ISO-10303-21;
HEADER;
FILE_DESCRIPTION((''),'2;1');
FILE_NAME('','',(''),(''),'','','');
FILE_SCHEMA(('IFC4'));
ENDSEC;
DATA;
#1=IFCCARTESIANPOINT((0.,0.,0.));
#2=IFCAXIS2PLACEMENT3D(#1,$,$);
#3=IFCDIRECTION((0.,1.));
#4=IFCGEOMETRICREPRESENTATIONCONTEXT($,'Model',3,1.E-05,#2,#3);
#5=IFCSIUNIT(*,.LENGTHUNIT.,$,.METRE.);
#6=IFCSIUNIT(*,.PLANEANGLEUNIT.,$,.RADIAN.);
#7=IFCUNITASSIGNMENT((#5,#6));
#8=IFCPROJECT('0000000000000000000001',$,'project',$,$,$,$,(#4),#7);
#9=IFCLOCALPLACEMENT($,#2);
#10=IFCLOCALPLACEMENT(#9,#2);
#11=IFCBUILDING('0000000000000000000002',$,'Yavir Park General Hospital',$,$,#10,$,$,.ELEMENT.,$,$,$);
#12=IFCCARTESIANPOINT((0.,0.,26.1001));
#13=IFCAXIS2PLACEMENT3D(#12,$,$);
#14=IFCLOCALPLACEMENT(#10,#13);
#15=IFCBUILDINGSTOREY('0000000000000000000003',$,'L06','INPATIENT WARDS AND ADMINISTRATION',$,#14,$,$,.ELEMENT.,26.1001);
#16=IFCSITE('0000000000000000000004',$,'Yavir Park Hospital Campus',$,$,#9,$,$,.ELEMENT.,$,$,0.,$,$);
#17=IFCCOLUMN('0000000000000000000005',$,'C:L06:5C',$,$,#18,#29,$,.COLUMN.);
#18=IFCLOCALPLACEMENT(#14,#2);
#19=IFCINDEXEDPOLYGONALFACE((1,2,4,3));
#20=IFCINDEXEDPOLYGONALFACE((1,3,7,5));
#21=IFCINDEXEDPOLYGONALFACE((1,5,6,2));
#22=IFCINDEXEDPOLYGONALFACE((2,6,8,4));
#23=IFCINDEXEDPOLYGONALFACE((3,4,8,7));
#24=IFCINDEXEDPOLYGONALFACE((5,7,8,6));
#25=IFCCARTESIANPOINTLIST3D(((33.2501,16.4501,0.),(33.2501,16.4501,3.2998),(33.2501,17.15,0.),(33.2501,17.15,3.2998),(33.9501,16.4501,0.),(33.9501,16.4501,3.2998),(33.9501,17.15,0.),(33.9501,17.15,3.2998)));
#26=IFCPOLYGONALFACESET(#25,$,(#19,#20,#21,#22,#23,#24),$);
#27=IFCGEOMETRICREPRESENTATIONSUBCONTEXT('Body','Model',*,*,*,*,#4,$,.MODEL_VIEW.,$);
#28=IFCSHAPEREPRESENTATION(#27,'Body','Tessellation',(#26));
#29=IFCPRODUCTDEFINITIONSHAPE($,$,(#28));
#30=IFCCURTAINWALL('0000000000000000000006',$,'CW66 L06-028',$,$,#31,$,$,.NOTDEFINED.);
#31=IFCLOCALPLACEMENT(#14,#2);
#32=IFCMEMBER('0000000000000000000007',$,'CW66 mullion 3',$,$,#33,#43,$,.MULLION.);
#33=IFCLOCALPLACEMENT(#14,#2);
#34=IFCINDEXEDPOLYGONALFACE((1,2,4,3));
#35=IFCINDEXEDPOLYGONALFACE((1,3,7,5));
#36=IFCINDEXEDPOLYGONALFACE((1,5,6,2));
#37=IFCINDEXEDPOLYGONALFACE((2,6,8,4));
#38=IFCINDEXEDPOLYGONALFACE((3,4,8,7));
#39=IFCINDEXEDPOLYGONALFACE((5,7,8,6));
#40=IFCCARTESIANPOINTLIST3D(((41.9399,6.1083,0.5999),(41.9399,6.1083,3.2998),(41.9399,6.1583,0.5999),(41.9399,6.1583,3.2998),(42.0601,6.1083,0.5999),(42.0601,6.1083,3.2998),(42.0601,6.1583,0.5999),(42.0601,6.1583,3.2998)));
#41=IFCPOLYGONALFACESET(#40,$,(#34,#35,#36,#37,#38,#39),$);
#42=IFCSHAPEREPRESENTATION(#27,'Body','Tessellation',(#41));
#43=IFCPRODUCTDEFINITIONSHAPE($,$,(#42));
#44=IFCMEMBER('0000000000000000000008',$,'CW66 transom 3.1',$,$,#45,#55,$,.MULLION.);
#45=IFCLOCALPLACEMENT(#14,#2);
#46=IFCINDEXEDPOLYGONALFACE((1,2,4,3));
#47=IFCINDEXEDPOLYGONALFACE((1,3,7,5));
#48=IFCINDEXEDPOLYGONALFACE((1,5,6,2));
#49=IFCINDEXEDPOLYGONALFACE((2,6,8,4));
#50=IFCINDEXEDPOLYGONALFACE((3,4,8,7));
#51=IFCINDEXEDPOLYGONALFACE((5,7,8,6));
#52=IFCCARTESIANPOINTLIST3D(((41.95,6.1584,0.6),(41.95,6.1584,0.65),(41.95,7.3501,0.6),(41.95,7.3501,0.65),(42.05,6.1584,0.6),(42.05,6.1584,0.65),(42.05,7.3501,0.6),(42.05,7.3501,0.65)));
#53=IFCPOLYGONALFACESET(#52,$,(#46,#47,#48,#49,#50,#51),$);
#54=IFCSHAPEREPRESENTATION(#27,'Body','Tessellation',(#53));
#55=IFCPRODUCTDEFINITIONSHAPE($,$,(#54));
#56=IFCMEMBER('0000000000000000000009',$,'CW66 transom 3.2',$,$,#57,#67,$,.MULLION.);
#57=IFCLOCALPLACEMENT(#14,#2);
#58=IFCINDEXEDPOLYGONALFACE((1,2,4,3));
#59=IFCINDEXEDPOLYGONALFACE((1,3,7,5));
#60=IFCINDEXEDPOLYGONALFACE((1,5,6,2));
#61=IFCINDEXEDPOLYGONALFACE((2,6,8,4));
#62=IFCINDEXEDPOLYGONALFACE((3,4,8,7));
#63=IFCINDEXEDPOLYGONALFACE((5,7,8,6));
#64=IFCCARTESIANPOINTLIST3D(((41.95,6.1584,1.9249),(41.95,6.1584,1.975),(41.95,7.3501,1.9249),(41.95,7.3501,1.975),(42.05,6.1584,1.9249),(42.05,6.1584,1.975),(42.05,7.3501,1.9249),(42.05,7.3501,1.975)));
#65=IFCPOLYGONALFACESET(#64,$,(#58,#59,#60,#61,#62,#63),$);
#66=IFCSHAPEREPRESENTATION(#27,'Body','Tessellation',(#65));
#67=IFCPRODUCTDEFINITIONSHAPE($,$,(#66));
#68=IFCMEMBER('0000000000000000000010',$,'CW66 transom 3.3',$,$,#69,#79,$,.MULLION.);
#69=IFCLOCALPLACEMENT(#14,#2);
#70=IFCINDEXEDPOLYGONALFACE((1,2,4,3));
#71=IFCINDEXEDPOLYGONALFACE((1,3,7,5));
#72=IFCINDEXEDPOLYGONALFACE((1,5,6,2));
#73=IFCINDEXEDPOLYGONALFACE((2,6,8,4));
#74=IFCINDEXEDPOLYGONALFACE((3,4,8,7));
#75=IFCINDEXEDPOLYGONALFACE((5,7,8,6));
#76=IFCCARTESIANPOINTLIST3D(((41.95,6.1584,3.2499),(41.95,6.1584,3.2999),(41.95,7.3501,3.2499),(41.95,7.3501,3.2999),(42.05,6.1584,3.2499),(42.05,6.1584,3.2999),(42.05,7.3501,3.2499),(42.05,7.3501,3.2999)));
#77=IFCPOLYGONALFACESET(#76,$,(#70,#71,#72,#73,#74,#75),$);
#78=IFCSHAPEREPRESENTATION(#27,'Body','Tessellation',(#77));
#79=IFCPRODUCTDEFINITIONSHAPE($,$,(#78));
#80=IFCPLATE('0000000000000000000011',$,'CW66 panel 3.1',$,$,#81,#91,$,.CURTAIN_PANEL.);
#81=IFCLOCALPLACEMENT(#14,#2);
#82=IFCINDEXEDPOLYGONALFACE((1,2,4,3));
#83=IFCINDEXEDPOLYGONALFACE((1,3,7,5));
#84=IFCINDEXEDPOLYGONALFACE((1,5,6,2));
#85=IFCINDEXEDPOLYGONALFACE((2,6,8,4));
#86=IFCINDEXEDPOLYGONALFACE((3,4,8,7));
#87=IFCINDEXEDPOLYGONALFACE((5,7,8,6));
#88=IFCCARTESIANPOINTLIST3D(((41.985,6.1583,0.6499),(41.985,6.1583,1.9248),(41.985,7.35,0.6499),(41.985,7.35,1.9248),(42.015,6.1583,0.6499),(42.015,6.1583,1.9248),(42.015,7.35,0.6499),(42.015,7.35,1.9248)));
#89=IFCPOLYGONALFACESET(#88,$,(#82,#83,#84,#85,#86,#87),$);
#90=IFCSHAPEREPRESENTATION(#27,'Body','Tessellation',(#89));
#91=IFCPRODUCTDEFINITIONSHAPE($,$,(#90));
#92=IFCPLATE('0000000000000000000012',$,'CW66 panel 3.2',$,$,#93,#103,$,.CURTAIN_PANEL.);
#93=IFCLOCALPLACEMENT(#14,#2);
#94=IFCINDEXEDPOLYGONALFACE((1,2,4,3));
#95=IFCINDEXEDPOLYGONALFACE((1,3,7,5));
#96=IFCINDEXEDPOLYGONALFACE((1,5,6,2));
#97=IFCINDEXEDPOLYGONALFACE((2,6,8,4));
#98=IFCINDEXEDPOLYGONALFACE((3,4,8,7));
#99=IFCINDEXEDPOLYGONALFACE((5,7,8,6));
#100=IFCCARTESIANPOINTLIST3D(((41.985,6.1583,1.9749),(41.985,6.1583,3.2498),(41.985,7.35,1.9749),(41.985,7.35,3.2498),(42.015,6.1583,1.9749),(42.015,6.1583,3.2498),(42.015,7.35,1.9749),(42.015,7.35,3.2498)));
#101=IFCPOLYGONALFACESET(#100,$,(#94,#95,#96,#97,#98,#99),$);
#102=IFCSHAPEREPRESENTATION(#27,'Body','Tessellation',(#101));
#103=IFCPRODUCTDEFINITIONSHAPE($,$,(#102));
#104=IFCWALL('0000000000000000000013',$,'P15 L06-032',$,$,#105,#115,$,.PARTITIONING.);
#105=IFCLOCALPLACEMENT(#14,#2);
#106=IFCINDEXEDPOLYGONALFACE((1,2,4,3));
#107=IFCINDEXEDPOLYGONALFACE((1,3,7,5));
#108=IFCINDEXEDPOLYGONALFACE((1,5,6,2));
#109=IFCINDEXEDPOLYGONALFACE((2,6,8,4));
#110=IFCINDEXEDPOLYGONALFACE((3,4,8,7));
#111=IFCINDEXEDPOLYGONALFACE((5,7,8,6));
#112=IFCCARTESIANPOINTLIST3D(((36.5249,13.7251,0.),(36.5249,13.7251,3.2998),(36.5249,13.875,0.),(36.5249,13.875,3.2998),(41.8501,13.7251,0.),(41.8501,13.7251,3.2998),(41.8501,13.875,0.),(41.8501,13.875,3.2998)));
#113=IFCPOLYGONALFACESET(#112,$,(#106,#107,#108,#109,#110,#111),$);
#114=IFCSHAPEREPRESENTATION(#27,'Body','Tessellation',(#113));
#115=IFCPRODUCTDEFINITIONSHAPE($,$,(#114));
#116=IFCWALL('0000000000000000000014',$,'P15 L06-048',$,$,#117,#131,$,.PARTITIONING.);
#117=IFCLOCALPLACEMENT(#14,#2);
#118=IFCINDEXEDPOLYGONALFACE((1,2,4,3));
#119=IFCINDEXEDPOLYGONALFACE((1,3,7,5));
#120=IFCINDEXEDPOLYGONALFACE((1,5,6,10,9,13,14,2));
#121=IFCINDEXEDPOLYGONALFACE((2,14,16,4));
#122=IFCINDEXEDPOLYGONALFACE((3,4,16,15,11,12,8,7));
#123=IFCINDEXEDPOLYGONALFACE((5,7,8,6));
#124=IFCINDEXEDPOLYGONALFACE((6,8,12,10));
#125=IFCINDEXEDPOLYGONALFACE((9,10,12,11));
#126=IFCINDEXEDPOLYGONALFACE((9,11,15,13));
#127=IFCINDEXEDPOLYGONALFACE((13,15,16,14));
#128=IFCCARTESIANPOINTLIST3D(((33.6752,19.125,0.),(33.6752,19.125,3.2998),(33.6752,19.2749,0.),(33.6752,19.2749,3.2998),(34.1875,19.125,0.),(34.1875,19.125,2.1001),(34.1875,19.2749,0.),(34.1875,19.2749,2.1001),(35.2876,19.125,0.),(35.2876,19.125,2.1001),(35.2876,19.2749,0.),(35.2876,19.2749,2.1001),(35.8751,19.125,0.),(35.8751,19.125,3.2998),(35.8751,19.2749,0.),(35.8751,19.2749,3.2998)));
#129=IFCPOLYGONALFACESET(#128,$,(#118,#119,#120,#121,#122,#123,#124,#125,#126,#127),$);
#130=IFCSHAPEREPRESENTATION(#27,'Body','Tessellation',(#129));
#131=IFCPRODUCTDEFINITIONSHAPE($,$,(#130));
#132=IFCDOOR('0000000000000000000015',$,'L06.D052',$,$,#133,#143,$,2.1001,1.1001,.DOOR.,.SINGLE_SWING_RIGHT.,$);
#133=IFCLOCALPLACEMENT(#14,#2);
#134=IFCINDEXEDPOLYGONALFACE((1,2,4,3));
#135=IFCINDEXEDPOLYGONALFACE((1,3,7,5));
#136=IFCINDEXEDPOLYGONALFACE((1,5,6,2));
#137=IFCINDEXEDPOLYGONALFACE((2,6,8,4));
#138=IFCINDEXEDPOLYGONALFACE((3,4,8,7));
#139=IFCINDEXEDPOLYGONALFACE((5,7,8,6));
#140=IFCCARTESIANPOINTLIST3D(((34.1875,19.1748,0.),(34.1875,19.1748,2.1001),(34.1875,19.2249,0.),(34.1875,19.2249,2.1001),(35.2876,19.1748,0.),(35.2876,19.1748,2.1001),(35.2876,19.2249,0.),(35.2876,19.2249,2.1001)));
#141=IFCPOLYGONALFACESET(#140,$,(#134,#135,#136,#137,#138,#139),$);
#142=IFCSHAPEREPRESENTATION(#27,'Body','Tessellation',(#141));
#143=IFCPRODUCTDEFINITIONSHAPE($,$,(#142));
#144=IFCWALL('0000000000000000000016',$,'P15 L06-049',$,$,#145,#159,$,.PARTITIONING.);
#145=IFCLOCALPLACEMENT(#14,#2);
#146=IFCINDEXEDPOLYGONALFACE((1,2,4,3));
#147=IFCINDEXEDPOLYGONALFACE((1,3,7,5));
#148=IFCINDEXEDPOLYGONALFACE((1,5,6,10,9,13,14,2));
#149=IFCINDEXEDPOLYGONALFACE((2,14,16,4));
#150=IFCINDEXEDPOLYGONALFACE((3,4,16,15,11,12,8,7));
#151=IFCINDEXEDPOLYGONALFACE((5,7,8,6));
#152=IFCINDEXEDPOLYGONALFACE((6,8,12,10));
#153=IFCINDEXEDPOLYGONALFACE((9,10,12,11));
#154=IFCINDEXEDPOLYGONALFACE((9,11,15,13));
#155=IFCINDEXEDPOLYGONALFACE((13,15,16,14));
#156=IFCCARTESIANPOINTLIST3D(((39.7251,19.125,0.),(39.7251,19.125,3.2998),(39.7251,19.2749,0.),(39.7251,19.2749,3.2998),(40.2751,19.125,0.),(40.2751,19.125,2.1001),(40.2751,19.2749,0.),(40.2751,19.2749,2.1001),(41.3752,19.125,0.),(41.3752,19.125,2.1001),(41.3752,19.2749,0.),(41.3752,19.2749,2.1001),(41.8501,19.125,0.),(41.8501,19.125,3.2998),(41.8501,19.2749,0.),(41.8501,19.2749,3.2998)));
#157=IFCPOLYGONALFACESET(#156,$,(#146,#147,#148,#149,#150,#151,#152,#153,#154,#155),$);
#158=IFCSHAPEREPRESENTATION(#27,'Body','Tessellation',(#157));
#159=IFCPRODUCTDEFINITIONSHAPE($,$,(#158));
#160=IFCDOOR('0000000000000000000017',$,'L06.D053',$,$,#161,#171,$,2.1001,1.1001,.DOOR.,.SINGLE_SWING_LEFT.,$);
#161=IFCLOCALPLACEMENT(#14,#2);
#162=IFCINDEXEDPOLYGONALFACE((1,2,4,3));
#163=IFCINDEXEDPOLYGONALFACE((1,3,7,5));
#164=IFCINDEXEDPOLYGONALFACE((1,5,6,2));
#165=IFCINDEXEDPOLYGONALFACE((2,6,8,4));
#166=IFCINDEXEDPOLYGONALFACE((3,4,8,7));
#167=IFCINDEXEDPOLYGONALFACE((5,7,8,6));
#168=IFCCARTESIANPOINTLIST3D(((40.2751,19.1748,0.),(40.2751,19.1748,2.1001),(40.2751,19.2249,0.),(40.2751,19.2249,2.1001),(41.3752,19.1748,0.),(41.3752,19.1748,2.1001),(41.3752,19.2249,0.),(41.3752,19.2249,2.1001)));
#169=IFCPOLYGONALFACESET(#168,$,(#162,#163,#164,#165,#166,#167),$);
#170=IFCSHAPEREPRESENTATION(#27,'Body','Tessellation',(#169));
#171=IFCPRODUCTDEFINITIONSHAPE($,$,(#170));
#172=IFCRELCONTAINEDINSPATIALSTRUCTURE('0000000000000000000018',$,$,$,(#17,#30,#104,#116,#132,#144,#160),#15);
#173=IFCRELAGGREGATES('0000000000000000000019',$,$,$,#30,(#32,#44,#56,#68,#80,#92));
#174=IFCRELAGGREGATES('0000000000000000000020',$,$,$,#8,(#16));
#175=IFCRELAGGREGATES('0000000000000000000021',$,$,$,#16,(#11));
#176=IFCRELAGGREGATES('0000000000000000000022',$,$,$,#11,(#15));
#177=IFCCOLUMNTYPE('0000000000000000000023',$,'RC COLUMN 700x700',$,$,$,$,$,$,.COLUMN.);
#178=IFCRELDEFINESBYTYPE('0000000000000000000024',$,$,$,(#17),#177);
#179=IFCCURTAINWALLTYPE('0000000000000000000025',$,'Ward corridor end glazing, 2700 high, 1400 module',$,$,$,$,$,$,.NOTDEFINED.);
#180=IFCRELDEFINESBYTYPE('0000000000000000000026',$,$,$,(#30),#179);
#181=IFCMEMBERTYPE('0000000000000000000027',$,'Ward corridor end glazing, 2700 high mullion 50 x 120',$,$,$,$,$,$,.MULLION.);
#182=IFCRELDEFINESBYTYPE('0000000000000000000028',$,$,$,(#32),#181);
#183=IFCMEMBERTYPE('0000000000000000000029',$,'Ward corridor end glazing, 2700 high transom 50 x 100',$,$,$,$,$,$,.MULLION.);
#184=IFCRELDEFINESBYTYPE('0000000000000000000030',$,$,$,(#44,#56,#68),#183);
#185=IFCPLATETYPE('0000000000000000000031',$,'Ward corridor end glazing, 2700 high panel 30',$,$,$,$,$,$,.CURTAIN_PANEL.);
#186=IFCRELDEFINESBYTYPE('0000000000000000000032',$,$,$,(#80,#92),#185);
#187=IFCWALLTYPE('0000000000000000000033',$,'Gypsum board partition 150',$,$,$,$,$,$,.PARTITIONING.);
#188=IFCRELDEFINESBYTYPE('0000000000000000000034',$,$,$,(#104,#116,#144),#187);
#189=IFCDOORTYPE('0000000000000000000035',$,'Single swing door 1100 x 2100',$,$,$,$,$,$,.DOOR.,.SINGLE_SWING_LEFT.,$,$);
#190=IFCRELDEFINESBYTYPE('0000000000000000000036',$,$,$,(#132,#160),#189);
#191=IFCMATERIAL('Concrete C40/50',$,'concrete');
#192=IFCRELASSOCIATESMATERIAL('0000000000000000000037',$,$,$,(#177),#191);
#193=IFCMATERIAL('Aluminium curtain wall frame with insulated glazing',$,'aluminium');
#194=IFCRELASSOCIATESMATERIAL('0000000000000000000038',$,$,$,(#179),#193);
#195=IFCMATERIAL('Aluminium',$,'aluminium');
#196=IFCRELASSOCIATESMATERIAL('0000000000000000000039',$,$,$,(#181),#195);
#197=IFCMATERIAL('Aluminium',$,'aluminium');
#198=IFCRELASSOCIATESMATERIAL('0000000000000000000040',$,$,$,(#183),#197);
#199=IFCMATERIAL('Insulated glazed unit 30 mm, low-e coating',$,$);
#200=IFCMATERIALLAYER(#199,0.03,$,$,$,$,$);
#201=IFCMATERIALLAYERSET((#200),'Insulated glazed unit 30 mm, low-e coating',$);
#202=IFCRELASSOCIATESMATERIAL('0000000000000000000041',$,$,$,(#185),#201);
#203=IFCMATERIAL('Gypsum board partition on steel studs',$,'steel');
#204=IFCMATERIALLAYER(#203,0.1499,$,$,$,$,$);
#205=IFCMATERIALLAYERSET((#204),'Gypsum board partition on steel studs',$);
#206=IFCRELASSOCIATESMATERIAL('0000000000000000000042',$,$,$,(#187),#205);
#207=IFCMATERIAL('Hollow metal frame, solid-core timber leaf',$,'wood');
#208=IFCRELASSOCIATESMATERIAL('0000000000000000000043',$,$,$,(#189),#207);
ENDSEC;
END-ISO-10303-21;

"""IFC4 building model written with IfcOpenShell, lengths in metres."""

from ifc_helpers import new_model, si_unit, direction, frame, frame_2d, origin, origin_2d, place, context, subcontext, project, spatial, rectangle, extrude, material, layer, layer_set, material_profile, profile_set, type_object, element, fill, aggregate, save


model = new_model("IFC4")

# Units and contexts
model_context = context("Model", 3, precision=1e-05, world=origin(), true_north=direction((0.0, 1.0)))
body_context = subcontext(model_context, "Body", "Model", "MODEL_VIEW")
ifc_project = project(units=[si_unit("LENGTHUNIT", "METRE"), si_unit("PLANEANGLEUNIT", "RADIAN")], contexts=[model_context])

# Site, building, storey
site_placement = place(None, origin())
site = spatial("IfcSite", under=ifc_project, at=site_placement, Name="Yavir Park Hospital Campus", CompositionType="ELEMENT", RefElevation=0.0)
building_placement = place(site_placement, origin())
building = spatial("IfcBuilding", under=site, at=building_placement, Name="Yavir Park General Hospital", CompositionType="ELEMENT")
storey_placement = place(building_placement, frame((0.0, 0.0, 26.1001)))
storey = spatial("IfcBuildingStorey", under=building, at=storey_placement, Name="L06", Description="INPATIENT WARDS AND ADMINISTRATION", CompositionType="ELEMENT", Elevation=26.1001)

# Column
ifc_material_1 = material(Name="Concrete C40/50", Category="concrete")
ifc_material_profile_1 = material_profile(ifc_material_1, rectangle(XDim=0.7, YDim=0.7, at=origin_2d()), Name="RC700x700")
ifc_profile_set_1 = profile_set([ifc_material_profile_1], Name="Concrete C40/50")
column_type = type_object("IfcColumnType", Name="RC COLUMN 700x700", PredefinedType="COLUMN", material=ifc_profile_set_1)
column_placement = place(storey_placement, frame((33.6001, 16.8, 0.0), z_axis=(0.0, 0.0, 1.0), x_axis=(1.0, 0.0, 0.0)))
element("IfcColumn", 1, at=column_placement, inside=storey, type_object=column_type, Name="C:L06:5C", PredefinedType="COLUMN", context=body_context, shape_type="SweptSolid", body=[
    extrude(rectangle(XDim=0.7, YDim=0.7, at=origin_2d()), origin(), (0.0, 0.0, 1.0), 3.2998),
])

# Curtain wall, members, plates
ifc_material_2 = material(Name="Aluminium curtain wall frame with insulated glazing", Category="aluminium")
curtain_wall_type = type_object("IfcCurtainWallType", Name="Ward corridor end glazing, 2700 high, 1400 module", PredefinedType="NOTDEFINED", material=ifc_material_2)
curtain_wall_placement = place(storey_placement, origin())
curtain_wall = element("IfcCurtainWall", 2, at=curtain_wall_placement, inside=storey, type_object=curtain_wall_type, Name="CW66 L06-028", PredefinedType="NOTDEFINED")
ifc_material_3 = material(Name="Aluminium", Category="aluminium")
ifc_material_profile_2 = material_profile(ifc_material_3, rectangle(XDim=0.1201, YDim=0.05, at=origin_2d()), Name="AL 50x120")
ifc_profile_set_2 = profile_set([ifc_material_profile_2], Name="Aluminium")
member_type_1 = type_object("IfcMemberType", Name="Ward corridor end glazing, 2700 high mullion 50 x 120", PredefinedType="MULLION", material=ifc_profile_set_2)
member_1_placement = place(storey_placement, frame((42.0, 6.1333, 0.5999), z_axis=(0.0, 0.0, 1.0), x_axis=(-1.0, 0.0, 0.0)))
member_1 = element("IfcMember", 3, at=member_1_placement, type_object=member_type_1, Name="CW66 mullion 3", PredefinedType="MULLION", context=body_context, shape_type="SweptSolid", body=[
    extrude(rectangle(XDim=0.1201, YDim=0.05, at=origin_2d()), origin(), (0.0, 0.0, 1.0), 2.7),
])
ifc_material_4 = material(Name="Aluminium", Category="aluminium")
ifc_material_profile_3 = material_profile(ifc_material_4, rectangle(XDim=0.1001, YDim=0.05, at=origin_2d()), Name="AL 100x50")
ifc_profile_set_3 = profile_set([ifc_material_profile_3], Name="Aluminium")
member_type_2 = type_object("IfcMemberType", Name="Ward corridor end glazing, 2700 high transom 50 x 100", PredefinedType="MULLION", material=ifc_profile_set_3)
member_2_placement = place(storey_placement, frame((42.0, 6.1584, 0.625), z_axis=(0.0, 1.0, 0.0), x_axis=(-1.0, 0.0, 0.0)))
member_2 = element("IfcMember", 4, at=member_2_placement, type_object=member_type_2, Name="CW66 transom 3.1", PredefinedType="MULLION", context=body_context, shape_type="SweptSolid", body=[
    extrude(rectangle(XDim=0.1001, YDim=0.05, at=origin_2d()), origin(), (0.0, 0.0, 1.0), 1.1917),
])
member_3_placement = place(storey_placement, frame((42.0, 6.1584, 1.95), z_axis=(0.0, 1.0, 0.0), x_axis=(-1.0, 0.0, 0.0)))
member_3 = element("IfcMember", 5, at=member_3_placement, type_object=member_type_2, Name="CW66 transom 3.2", PredefinedType="MULLION", context=body_context, shape_type="SweptSolid", body=[
    extrude(rectangle(XDim=0.1001, YDim=0.05, at=origin_2d()), origin(), (0.0, 0.0, 1.0), 1.1917),
])
member_4_placement = place(storey_placement, frame((42.0, 6.1584, 3.2749), z_axis=(0.0, 1.0, 0.0), x_axis=(-1.0, 0.0, 0.0)))
member_4 = element("IfcMember", 6, at=member_4_placement, type_object=member_type_2, Name="CW66 transom 3.3", PredefinedType="MULLION", context=body_context, shape_type="SweptSolid", body=[
    extrude(rectangle(XDim=0.1001, YDim=0.05, at=origin_2d()), origin(), (0.0, 0.0, 1.0), 1.1917),
])
ifc_material_5 = material(Name="Insulated glazed unit 30 mm, low-e coating")
ifc_layer_1 = layer(ifc_material_5, 0.03)
ifc_layer_set_1 = layer_set([ifc_layer_1], Name="Insulated glazed unit 30 mm, low-e coating")
plate_type = type_object("IfcPlateType", Name="Ward corridor end glazing, 2700 high panel 30", PredefinedType="CURTAIN_PANEL", material=ifc_layer_set_1)
plate_1_placement = place(storey_placement, frame((42.0, 6.7542, 0.6499), z_axis=(0.0, 0.0, 1.0), x_axis=(0.0, 1.0, 0.0)))
plate_1 = element("IfcPlate", 7, at=plate_1_placement, type_object=plate_type, Name="CW66 panel 3.1", PredefinedType="CURTAIN_PANEL", context=body_context, shape_type="SweptSolid", body=[
    extrude(rectangle(XDim=1.1917, YDim=0.03, at=origin_2d()), origin(), (0.0, 0.0, 1.0), 1.2749),
])
plate_2_placement = place(storey_placement, frame((42.0, 6.7542, 1.9749), z_axis=(0.0, 0.0, 1.0), x_axis=(0.0, 1.0, 0.0)))
plate_2 = element("IfcPlate", 8, at=plate_2_placement, type_object=plate_type, Name="CW66 panel 3.2", PredefinedType="CURTAIN_PANEL", context=body_context, shape_type="SweptSolid", body=[
    extrude(rectangle(XDim=1.1917, YDim=0.03, at=origin_2d()), origin(), (0.0, 0.0, 1.0), 1.2749),
])
aggregate(curtain_wall, [member_1, member_2, member_3, member_4, plate_1, plate_2])

# Wall
ifc_material_6 = material(Name="Gypsum board partition on steel studs", Category="steel")
ifc_layer_2 = layer(ifc_material_6, 0.1499)
ifc_layer_set_2 = layer_set([ifc_layer_2], Name="Gypsum board partition on steel studs")
wall_type_1 = type_object("IfcWallType", Name="Gypsum board partition 150", PredefinedType="PARTITIONING", material=ifc_layer_set_2)
wall_1_placement = place(storey_placement, frame((36.5249, 13.8, 0.0), z_axis=(0.0, 0.0, 1.0), x_axis=(1.0, 0.0, 0.0)))
element("IfcWall", 9, at=wall_1_placement, inside=storey, type_object=wall_type_1, Name="P15 L06-032", PredefinedType="PARTITIONING", context=body_context, shape_type="SweptSolid", body=[
    extrude(rectangle(XDim=5.3252, YDim=0.1499, at=frame_2d((2.6626, 0.0))), origin(), (0.0, 0.0, 1.0), 3.2998),
])

# Walls, openings, doors
wall_2_placement = place(storey_placement, frame((33.675, 19.2, 0.0), z_axis=(0.0, 0.0, 1.0), x_axis=(1.0, 0.0, 0.0)))
wall_2 = element("IfcWall", 10, at=wall_2_placement, inside=storey, type_object=wall_type_1, Name="P15 L06-048", PredefinedType="PARTITIONING", context=body_context, shape_type="SweptSolid", body=[
    extrude(rectangle(XDim=2.2, YDim=0.1499, at=frame_2d((1.1001, 0.0))), origin(), (0.0, 0.0, 1.0), 3.2998),
])
opening_1_placement = place(wall_2_placement, frame((0.5125, 0.0, 0.0)))
opening_1 = element("IfcOpeningElement", 11, at=opening_1_placement, cuts=wall_2, PredefinedType="OPENING", context=body_context, shape_type="SweptSolid", body=[
    extrude(rectangle(XDim=1.1001, YDim=2.1001, at=frame_2d((0.55, 1.05))), frame((0.0, 0.085, 0.0), z_axis=(0.0, -1.0, 0.0), x_axis=(1.0, 0.0, 0.0)), (0.0, 0.0, 1.0), 0.1699),
])
ifc_material_7 = material(Name="Hollow metal frame, solid-core timber leaf", Category="wood")
door_type_1 = type_object("IfcDoorType", Name="Single swing door 1100 x 2100", OperationType="SINGLE_SWING_LEFT", PredefinedType="DOOR", material=ifc_material_7)
door_1_placement = place(opening_1_placement, origin())
door_1 = element("IfcDoor", 12, at=door_1_placement, inside=storey, type_object=door_type_1, Name="L06.D052", OperationType="SINGLE_SWING_RIGHT", OverallHeight=2.1001, OverallWidth=1.1001, PredefinedType="DOOR", context=body_context, shape_type="SweptSolid", body=[
    extrude(rectangle(XDim=1.1001, YDim=2.1001, at=frame_2d((0.55, 1.05))), frame((0.0, 0.0249, 0.0), z_axis=(0.0, -1.0, 0.0), x_axis=(1.0, 0.0, 0.0)), (0.0, 0.0, 1.0), 0.05),
])
fill(opening_1, door_1)
wall_3_placement = place(storey_placement, frame((39.7251, 19.2, 0.0), z_axis=(0.0, 0.0, 1.0), x_axis=(1.0, 0.0, 0.0)))
wall_3 = element("IfcWall", 13, at=wall_3_placement, inside=storey, type_object=wall_type_1, Name="P15 L06-049", PredefinedType="PARTITIONING", context=body_context, shape_type="SweptSolid", body=[
    extrude(rectangle(XDim=2.125, YDim=0.1499, at=frame_2d((1.0625, 0.0))), origin(), (0.0, 0.0, 1.0), 3.2998),
])
opening_2_placement = place(wall_3_placement, frame((0.55, 0.0, 0.0)))
opening_2 = element("IfcOpeningElement", 14, at=opening_2_placement, cuts=wall_3, PredefinedType="OPENING", context=body_context, shape_type="SweptSolid", body=[
    extrude(rectangle(XDim=1.1001, YDim=2.1001, at=frame_2d((0.55, 1.05))), frame((0.0, 0.085, 0.0), z_axis=(0.0, -1.0, 0.0), x_axis=(1.0, 0.0, 0.0)), (0.0, 0.0, 1.0), 0.1699),
])
door_2_placement = place(opening_2_placement, origin())
door_2 = element("IfcDoor", 15, at=door_2_placement, inside=storey, type_object=door_type_1, Name="L06.D053", OperationType="SINGLE_SWING_LEFT", OverallHeight=2.1001, OverallWidth=1.1001, PredefinedType="DOOR", context=body_context, shape_type="SweptSolid", body=[
    extrude(rectangle(XDim=1.1001, YDim=2.1001, at=frame_2d((0.55, 1.05))), frame((0.0, 0.0249, 0.0), z_axis=(0.0, -1.0, 0.0), x_axis=(1.0, 0.0, 0.0)), (0.0, 0.0, 1.0), 0.05),
])
fill(opening_2, door_2)

save(model, "model.ifc")
